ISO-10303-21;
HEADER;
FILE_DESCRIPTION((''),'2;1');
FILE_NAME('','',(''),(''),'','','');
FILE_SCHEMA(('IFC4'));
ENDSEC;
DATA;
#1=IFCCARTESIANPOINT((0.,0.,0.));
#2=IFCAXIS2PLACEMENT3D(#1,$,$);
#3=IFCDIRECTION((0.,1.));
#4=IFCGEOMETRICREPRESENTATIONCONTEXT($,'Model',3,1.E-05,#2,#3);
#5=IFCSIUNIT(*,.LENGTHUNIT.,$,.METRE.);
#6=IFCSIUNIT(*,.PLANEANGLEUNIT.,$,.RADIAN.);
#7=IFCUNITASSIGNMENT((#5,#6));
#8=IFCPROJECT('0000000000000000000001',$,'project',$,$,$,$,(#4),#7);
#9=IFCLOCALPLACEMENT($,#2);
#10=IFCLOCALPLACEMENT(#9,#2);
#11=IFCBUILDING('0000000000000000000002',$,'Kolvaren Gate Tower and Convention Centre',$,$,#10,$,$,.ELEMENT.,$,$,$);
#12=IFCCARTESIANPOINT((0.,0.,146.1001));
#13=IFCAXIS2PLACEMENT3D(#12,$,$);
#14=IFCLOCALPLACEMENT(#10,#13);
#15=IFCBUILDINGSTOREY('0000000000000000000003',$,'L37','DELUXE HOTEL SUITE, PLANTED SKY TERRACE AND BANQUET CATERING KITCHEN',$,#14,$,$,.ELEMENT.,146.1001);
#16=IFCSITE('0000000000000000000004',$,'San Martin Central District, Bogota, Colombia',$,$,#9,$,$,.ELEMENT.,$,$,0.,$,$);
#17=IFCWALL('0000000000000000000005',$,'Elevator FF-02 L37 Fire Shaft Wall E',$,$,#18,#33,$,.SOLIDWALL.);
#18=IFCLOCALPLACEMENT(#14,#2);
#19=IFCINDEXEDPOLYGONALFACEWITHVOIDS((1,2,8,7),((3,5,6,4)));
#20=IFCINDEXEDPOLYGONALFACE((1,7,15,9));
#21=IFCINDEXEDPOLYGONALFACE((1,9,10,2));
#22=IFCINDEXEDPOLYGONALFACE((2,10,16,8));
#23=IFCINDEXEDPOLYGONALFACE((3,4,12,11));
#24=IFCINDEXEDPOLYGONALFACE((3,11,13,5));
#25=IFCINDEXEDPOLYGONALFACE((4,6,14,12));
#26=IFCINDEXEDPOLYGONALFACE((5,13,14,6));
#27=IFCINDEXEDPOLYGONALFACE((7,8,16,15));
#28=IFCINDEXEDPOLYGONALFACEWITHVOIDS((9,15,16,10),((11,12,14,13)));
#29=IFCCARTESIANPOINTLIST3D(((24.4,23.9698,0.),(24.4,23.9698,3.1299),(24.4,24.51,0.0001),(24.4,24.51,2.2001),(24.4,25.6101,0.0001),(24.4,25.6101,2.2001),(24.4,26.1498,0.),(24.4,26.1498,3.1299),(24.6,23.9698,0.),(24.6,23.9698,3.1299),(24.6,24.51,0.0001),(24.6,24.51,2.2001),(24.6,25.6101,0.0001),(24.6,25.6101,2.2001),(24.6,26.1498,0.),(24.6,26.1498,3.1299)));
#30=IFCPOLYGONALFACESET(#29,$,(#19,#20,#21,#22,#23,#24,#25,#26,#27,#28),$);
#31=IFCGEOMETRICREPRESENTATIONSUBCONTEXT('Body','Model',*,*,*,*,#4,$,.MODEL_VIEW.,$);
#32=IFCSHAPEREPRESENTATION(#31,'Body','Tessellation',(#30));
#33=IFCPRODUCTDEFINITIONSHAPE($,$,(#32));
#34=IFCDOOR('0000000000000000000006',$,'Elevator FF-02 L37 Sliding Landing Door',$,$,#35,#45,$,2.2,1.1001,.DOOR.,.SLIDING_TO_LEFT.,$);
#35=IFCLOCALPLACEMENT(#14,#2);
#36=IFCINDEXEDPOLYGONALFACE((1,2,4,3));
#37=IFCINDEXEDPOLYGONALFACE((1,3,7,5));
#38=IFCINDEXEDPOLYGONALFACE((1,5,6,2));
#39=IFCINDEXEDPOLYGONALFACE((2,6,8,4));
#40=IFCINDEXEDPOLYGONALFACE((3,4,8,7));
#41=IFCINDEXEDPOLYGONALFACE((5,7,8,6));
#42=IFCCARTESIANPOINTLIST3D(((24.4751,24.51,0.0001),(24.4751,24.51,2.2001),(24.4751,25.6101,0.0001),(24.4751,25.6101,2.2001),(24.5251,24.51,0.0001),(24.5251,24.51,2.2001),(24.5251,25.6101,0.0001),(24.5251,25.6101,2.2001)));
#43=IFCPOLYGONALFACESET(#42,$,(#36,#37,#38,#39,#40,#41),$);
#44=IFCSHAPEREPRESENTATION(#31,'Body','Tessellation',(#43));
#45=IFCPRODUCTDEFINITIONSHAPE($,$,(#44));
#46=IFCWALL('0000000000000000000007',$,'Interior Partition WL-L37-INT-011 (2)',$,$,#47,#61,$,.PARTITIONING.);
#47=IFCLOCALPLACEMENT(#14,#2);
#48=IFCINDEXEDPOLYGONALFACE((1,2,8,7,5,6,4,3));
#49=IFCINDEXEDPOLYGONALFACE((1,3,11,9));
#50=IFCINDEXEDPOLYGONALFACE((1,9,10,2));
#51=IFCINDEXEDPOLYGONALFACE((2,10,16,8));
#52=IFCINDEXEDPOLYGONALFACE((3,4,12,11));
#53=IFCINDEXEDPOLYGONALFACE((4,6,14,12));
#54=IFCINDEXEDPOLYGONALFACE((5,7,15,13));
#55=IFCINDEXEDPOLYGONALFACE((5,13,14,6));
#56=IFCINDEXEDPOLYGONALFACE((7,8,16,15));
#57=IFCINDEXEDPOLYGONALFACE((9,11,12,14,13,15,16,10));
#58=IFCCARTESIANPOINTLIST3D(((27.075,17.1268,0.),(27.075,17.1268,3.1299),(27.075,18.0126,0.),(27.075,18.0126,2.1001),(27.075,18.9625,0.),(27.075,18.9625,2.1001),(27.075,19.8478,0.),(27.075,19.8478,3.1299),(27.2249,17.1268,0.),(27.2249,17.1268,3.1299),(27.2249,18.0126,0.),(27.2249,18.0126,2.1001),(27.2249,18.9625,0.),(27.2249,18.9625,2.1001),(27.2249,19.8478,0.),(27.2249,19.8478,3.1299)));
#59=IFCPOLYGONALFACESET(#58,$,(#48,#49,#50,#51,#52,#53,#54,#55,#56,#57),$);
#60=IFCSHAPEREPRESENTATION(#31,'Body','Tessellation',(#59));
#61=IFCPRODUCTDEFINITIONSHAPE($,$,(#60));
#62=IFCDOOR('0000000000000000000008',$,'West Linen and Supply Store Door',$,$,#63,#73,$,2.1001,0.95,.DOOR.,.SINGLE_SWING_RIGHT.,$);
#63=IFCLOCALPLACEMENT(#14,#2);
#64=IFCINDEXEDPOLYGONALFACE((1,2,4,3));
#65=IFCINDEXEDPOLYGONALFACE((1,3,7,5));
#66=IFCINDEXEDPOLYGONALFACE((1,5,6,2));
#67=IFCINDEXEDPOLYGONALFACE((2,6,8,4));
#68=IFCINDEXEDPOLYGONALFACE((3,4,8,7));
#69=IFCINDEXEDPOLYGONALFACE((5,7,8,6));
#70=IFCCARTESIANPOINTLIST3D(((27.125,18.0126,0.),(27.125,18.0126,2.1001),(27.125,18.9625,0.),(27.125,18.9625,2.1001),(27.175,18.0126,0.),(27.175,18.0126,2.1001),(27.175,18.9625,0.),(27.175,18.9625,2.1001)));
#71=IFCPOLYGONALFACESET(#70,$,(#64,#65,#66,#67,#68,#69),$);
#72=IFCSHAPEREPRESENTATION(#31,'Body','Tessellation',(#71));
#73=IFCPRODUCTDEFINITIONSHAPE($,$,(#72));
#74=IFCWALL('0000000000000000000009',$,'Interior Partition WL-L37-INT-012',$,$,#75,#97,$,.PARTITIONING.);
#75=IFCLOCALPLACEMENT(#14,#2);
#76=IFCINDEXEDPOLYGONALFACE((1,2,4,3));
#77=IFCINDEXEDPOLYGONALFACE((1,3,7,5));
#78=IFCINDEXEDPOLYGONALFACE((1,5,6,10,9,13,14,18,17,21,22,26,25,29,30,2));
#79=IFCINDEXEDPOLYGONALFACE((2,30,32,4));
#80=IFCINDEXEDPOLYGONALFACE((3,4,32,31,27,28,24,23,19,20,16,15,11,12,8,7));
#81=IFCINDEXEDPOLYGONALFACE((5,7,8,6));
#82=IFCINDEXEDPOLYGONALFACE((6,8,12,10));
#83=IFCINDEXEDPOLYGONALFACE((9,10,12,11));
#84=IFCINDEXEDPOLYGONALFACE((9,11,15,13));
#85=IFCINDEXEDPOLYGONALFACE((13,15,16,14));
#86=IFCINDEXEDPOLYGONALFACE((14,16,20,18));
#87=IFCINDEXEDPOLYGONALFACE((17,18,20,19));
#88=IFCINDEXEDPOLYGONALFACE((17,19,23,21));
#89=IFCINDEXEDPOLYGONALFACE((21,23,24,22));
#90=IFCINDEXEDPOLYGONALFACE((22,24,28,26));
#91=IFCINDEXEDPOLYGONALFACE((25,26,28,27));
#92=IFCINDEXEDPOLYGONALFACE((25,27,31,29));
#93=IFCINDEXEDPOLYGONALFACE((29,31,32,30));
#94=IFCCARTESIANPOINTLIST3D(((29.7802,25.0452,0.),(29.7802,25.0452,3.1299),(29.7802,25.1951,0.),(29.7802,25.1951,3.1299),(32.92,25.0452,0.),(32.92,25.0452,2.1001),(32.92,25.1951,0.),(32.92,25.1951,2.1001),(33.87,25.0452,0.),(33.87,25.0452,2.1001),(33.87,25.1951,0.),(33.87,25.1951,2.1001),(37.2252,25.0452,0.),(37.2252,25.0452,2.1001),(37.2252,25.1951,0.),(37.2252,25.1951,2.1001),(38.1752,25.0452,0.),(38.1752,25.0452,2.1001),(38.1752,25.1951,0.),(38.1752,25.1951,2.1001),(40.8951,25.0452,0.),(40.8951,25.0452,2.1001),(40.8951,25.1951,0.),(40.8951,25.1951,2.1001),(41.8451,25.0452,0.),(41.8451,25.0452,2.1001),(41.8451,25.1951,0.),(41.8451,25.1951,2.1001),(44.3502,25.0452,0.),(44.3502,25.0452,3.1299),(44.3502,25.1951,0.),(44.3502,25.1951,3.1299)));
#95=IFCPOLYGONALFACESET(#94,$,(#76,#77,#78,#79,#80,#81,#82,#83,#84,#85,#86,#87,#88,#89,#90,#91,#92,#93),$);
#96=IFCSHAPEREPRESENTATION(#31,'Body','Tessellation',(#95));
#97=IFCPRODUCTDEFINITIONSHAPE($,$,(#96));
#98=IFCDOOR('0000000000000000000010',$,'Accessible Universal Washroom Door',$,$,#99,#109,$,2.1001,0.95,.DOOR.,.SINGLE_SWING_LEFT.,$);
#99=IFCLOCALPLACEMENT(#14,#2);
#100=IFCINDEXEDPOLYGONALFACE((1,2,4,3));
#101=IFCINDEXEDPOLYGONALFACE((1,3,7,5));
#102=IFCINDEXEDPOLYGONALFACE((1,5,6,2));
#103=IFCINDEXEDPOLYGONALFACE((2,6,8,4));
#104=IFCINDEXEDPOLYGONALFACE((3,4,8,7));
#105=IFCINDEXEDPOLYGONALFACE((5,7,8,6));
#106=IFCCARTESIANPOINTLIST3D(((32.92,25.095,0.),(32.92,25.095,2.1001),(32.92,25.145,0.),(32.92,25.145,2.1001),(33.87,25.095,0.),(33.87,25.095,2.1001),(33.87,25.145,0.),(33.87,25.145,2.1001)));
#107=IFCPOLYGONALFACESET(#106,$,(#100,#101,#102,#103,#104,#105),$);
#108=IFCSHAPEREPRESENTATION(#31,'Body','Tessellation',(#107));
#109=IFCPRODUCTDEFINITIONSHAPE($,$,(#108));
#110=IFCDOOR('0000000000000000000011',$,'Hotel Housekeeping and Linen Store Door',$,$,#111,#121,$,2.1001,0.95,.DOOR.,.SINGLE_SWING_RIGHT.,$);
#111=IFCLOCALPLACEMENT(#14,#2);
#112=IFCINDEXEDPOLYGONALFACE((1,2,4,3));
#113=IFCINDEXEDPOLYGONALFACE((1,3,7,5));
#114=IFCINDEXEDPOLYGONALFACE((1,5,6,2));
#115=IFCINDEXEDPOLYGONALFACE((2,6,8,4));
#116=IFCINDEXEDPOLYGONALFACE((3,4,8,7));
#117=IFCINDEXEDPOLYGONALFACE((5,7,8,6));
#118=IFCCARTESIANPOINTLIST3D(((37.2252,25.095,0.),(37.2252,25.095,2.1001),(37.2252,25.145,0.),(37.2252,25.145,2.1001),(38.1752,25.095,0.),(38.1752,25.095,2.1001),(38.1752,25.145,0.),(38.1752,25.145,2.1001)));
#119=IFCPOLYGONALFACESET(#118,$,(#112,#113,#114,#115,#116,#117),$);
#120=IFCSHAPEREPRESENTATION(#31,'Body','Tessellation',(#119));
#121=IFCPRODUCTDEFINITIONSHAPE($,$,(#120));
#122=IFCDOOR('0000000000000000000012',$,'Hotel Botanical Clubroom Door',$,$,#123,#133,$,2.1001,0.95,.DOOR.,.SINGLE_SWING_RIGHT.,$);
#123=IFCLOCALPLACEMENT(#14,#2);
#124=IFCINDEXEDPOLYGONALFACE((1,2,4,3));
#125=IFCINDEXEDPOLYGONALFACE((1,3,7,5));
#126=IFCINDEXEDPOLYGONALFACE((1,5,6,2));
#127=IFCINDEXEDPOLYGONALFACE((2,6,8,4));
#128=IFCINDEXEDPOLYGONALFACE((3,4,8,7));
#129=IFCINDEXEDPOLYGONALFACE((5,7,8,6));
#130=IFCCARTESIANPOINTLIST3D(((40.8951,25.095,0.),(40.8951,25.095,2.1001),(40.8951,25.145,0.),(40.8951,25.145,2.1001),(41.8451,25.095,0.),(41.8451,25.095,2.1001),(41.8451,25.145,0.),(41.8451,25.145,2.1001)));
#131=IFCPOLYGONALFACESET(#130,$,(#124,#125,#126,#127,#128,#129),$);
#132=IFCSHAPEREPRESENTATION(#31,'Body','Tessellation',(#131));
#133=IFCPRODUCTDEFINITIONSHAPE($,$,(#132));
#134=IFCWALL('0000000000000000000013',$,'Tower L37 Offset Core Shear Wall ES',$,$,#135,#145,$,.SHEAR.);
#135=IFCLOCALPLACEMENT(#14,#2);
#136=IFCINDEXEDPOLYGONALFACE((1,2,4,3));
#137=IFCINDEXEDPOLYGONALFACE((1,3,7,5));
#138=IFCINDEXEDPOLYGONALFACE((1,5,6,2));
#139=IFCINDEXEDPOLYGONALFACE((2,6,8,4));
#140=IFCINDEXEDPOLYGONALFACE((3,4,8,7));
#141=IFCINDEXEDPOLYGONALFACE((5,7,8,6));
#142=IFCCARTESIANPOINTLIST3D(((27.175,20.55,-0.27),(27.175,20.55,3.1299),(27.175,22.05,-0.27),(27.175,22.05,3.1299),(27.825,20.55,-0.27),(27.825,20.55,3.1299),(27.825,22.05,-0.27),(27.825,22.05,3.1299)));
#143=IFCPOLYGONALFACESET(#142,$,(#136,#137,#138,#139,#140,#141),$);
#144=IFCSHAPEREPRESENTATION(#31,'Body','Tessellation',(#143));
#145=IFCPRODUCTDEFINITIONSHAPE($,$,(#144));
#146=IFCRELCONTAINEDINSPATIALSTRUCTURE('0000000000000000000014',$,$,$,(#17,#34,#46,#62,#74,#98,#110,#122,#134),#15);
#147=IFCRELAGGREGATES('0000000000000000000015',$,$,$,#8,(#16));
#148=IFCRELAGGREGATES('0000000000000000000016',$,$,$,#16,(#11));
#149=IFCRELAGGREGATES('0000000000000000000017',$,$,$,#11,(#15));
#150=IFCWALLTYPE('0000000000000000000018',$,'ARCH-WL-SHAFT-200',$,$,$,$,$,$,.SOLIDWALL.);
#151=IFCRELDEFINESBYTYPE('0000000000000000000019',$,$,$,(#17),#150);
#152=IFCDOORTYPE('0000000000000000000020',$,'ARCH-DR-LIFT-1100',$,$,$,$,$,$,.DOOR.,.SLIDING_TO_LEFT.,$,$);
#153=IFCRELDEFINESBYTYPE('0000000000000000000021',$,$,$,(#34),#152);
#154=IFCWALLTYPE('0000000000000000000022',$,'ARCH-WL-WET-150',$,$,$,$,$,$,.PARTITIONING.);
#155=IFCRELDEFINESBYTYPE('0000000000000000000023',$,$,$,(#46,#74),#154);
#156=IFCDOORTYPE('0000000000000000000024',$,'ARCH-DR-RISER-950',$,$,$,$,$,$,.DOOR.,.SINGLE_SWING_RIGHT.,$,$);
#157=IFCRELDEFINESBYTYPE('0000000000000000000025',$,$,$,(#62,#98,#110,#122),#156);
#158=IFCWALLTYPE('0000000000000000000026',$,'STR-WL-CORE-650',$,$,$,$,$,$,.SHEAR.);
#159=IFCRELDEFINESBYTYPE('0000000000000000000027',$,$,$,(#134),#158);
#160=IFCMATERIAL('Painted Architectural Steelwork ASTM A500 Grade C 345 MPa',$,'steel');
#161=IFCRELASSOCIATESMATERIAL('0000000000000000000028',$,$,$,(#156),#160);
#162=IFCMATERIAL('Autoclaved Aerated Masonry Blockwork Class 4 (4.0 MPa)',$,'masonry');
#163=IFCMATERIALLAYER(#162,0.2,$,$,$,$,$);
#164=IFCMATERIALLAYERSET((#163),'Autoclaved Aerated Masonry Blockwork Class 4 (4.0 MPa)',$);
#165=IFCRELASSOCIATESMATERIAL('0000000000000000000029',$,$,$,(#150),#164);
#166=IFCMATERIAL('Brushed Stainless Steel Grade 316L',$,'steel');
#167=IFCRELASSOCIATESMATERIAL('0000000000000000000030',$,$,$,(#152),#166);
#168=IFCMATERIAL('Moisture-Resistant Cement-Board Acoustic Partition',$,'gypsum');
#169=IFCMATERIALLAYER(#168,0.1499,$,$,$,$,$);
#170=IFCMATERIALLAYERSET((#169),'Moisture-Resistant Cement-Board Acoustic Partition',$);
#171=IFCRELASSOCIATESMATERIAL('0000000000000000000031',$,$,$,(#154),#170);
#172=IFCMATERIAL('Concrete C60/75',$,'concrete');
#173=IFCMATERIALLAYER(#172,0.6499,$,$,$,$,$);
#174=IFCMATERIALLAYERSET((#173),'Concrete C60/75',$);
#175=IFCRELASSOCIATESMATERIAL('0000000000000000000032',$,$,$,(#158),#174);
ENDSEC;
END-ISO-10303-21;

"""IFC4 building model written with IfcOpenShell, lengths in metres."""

from ifc_helpers import new_model, si_unit, direction, frame, frame_2d, origin, place, context, subcontext, project, spatial, rectangle, extrude, material, layer, layer_set, type_object, element, fill, save


model = new_model("IFC4")

# Units and contexts
model_context = context("Model", 3, precision=1e-05, world=origin(), true_north=direction((0.0, 1.0)))
body_context = subcontext(model_context, "Body", "Model", "MODEL_VIEW")
ifc_project = project(units=[si_unit("LENGTHUNIT", "METRE"), si_unit("PLANEANGLEUNIT", "RADIAN")], contexts=[model_context])

# Site, building, storey
site_placement = place(None, origin())
site = spatial("IfcSite", under=ifc_project, at=site_placement, Name="San Martin Central District, Bogota, Colombia", CompositionType="ELEMENT", RefElevation=0.0)
building_placement = place(site_placement, origin())
building = spatial("IfcBuilding", under=site, at=building_placement, Name="Kolvaren Gate Tower and Convention Centre", CompositionType="ELEMENT")
storey_placement = place(building_placement, frame((0.0, 0.0, 146.1001)))
storey = spatial("IfcBuildingStorey", under=building, at=storey_placement, Name="L37", Description="DELUXE HOTEL SUITE, PLANTED SKY TERRACE AND BANQUET CATERING KITCHEN", CompositionType="ELEMENT", Elevation=146.1001)

# Shared definitions
ifc_material_1 = material(Name="Autoclaved Aerated Masonry Blockwork Class 4 (4.0 MPa)", Category="masonry")

# Shared definitions
ifc_material_2 = material(Name="Painted Architectural Steelwork ASTM A500 Grade C 345 MPa", Category="steel")
door_type_1 = type_object("IfcDoorType", Name="ARCH-DR-RISER-950", OperationType="SINGLE_SWING_RIGHT", PredefinedType="DOOR", material=ifc_material_2)

# Shared definitions
ifc_layer_1 = layer(ifc_material_1, 0.2)
ifc_layer_set_1 = layer_set([ifc_layer_1], Name="Autoclaved Aerated Masonry Blockwork Class 4 (4.0 MPa)")
wall_type_1 = type_object("IfcWallType", Name="ARCH-WL-SHAFT-200", PredefinedType="SOLIDWALL", material=ifc_layer_set_1)

# Walls, openings, doors
wall_1_placement = place(storey_placement, frame((24.5, 23.97, 0.0), z_axis=(0.0, 0.0, 1.0), x_axis=(0.0, 1.0, 0.0)))
wall_1 = element("IfcWall", 1, at=wall_1_placement, inside=storey, type_object=wall_type_1, Name="Elevator FF-02 L37 Fire Shaft Wall E", PredefinedType="SOLIDWALL", context=body_context, shape_type="SweptSolid", body=[
    extrude(rectangle(XDim=2.1799, YDim=0.2, at=frame_2d((1.0898, 0.0))), origin(), (0.0, 0.0, 1.0), 3.1299),
])
opening_1_placement = place(wall_1_placement, frame((0.54, 0.0, 0.0)))
opening_1 = element("IfcOpeningElement", 2, at=opening_1_placement, cuts=wall_1, PredefinedType="OPENING", context=body_context, shape_type="SweptSolid", body=[
    extrude(rectangle(XDim=1.1001, YDim=2.2, at=frame_2d((0.55, 1.1001))), frame((0.0, 0.1099, 0.0), z_axis=(0.0, -1.0, 0.0), x_axis=(1.0, 0.0, 0.0)), (0.0, 0.0, 1.0), 0.22),
])
ifc_material_3 = material(Name="Brushed Stainless Steel Grade 316L", Category="steel")
door_type_2 = type_object("IfcDoorType", Name="ARCH-DR-LIFT-1100", OperationType="SLIDING_TO_LEFT", PredefinedType="DOOR", material=ifc_material_3)
door_1_placement = place(opening_1_placement, origin())
door_1 = element("IfcDoor", 3, at=door_1_placement, inside=storey, type_object=door_type_2, Name="Elevator FF-02 L37 Sliding Landing Door", OperationType="SLIDING_TO_LEFT", OverallHeight=2.2, OverallWidth=1.1001, PredefinedType="DOOR", context=body_context, shape_type="SweptSolid", body=[
    extrude(rectangle(XDim=1.1001, YDim=2.2, at=frame_2d((0.55, 1.1001))), frame((0.0, 0.0249, 0.0), z_axis=(0.0, -1.0, 0.0), x_axis=(1.0, 0.0, 0.0)), (0.0, 0.0, 1.0), 0.05),
])
fill(opening_1, door_1)
ifc_material_4 = material(Name="Moisture-Resistant Cement-Board Acoustic Partition", Category="gypsum")
ifc_layer_2 = layer(ifc_material_4, 0.1499)
ifc_layer_set_2 = layer_set([ifc_layer_2], Name="Moisture-Resistant Cement-Board Acoustic Partition")
wall_type_2 = type_object("IfcWallType", Name="ARCH-WL-WET-150", PredefinedType="PARTITIONING", material=ifc_layer_set_2)
wall_2_placement = place(storey_placement, frame((27.1499, 17.127, 0.0), z_axis=(0.0, 0.0, 1.0), x_axis=(0.0, 1.0, 0.0)))
wall_2 = element("IfcWall", 4, at=wall_2_placement, inside=storey, type_object=wall_type_2, Name="Interior Partition WL-L37-INT-011 (2)", PredefinedType="PARTITIONING", context=body_context, shape_type="SweptSolid", body=[
    extrude(rectangle(XDim=2.7209, YDim=0.1499, at=frame_2d((1.3604, 0.0))), origin(), (0.0, 0.0, 1.0), 3.1299),
])
opening_2_placement = place(wall_2_placement, frame((0.8855, 0.0, 0.0)))
opening_2 = element("IfcOpeningElement", 5, at=opening_2_placement, cuts=wall_2, PredefinedType="OPENING", context=body_context, shape_type="SweptSolid", body=[
    extrude(rectangle(XDim=0.95, YDim=2.1001, at=frame_2d((0.4751, 1.05))), frame((0.0, 0.085, 0.0), z_axis=(0.0, -1.0, 0.0), x_axis=(1.0, 0.0, 0.0)), (0.0, 0.0, 1.0), 0.1699),
])
door_2_placement = place(opening_2_placement, origin())
door_2 = element("IfcDoor", 6, at=door_2_placement, inside=storey, type_object=door_type_1, Name="West Linen and Supply Store Door", OperationType="SINGLE_SWING_RIGHT", OverallHeight=2.1001, OverallWidth=0.95, PredefinedType="DOOR", context=body_context, shape_type="SweptSolid", body=[
    extrude(rectangle(XDim=0.95, YDim=2.1001, at=frame_2d((0.4751, 1.05))), frame((0.0, 0.0249, 0.0), z_axis=(0.0, -1.0, 0.0), x_axis=(1.0, 0.0, 0.0)), (0.0, 0.0, 1.0), 0.05),
])
fill(opening_2, door_2)

# Wall, openings, doors
wall_3_placement = place(storey_placement, frame((29.78, 25.1201, 0.0), z_axis=(0.0, 0.0, 1.0), x_axis=(1.0, 0.0, 0.0)))
wall_3 = element("IfcWall", 7, at=wall_3_placement, inside=storey, type_object=wall_type_2, Name="Interior Partition WL-L37-INT-012", PredefinedType="PARTITIONING", context=body_context, shape_type="SweptSolid", body=[
    extrude(rectangle(XDim=14.5701, YDim=0.1499, at=frame_2d((7.2852, 0.0))), origin(), (0.0, 0.0, 1.0), 3.1299),
])
opening_3_placement = place(wall_3_placement, frame((3.1399, 0.0, 0.0)))
opening_3 = element("IfcOpeningElement", 8, at=opening_3_placement, cuts=wall_3, PredefinedType="OPENING", context=body_context, shape_type="SweptSolid", body=[
    extrude(rectangle(XDim=0.95, YDim=2.1001, at=frame_2d((0.4751, 1.05))), frame((0.0, 0.085, 0.0), z_axis=(0.0, -1.0, 0.0), x_axis=(1.0, 0.0, 0.0)), (0.0, 0.0, 1.0), 0.1699),
])
opening_4_placement = place(wall_3_placement, frame((7.4451, 0.0, 0.0)))
opening_4 = element("IfcOpeningElement", 9, at=opening_4_placement, cuts=wall_3, PredefinedType="OPENING", context=body_context, shape_type="SweptSolid", body=[
    extrude(rectangle(XDim=0.95, YDim=2.1001, at=frame_2d((0.4751, 1.05))), frame((0.0, 0.085, 0.0), z_axis=(0.0, -1.0, 0.0), x_axis=(1.0, 0.0, 0.0)), (0.0, 0.0, 1.0), 0.1699),
])
opening_5_placement = place(wall_3_placement, frame((11.115, 0.0, 0.0)))
opening_5 = element("IfcOpeningElement", 10, at=opening_5_placement, cuts=wall_3, PredefinedType="OPENING", context=body_context, shape_type="SweptSolid", body=[
    extrude(rectangle(XDim=0.95, YDim=2.1001, at=frame_2d((0.4751, 1.05))), frame((0.0, 0.085, 0.0), z_axis=(0.0, -1.0, 0.0), x_axis=(1.0, 0.0, 0.0)), (0.0, 0.0, 1.0), 0.1699),
])
door_3_placement = place(opening_3_placement, origin())
door_3 = element("IfcDoor", 11, at=door_3_placement, inside=storey, type_object=door_type_1, Name="Accessible Universal Washroom Door", OperationType="SINGLE_SWING_LEFT", OverallHeight=2.1001, OverallWidth=0.95, PredefinedType="DOOR", context=body_context, shape_type="SweptSolid", body=[
    extrude(rectangle(XDim=0.95, YDim=2.1001, at=frame_2d((0.4751, 1.05))), frame((0.0, 0.0249, 0.0), z_axis=(0.0, -1.0, 0.0), x_axis=(1.0, 0.0, 0.0)), (0.0, 0.0, 1.0), 0.05),
])
fill(opening_3, door_3)
door_4_placement = place(opening_4_placement, origin())
door_4 = element("IfcDoor", 12, at=door_4_placement, inside=storey, type_object=door_type_1, Name="Hotel Housekeeping and Linen Store Door", OperationType="SINGLE_SWING_RIGHT", OverallHeight=2.1001, OverallWidth=0.95, PredefinedType="DOOR", context=body_context, shape_type="SweptSolid", body=[
    extrude(rectangle(XDim=0.95, YDim=2.1001, at=frame_2d((0.4751, 1.05))), frame((0.0, 0.0249, 0.0), z_axis=(0.0, -1.0, 0.0), x_axis=(1.0, 0.0, 0.0)), (0.0, 0.0, 1.0), 0.05),
])
fill(opening_4, door_4)
door_5_placement = place(opening_5_placement, origin())
door_5 = element("IfcDoor", 13, at=door_5_placement, inside=storey, type_object=door_type_1, Name="Hotel Botanical Clubroom Door", OperationType="SINGLE_SWING_RIGHT", OverallHeight=2.1001, OverallWidth=0.95, PredefinedType="DOOR", context=body_context, shape_type="SweptSolid", body=[
    extrude(rectangle(XDim=0.95, YDim=2.1001, at=frame_2d((0.4751, 1.05))), frame((0.0, 0.0249, 0.0), z_axis=(0.0, -1.0, 0.0), x_axis=(1.0, 0.0, 0.0)), (0.0, 0.0, 1.0), 0.05),
])
fill(opening_5, door_5)

# Wall
ifc_material_5 = material(Name="Concrete C60/75", Category="concrete")
ifc_layer_3 = layer(ifc_material_5, 0.6499)
ifc_layer_set_3 = layer_set([ifc_layer_3], Name="Concrete C60/75")
wall_type_3 = type_object("IfcWallType", Name="STR-WL-CORE-650", PredefinedType="SHEAR", material=ifc_layer_set_3)
wall_4_placement = place(storey_placement, frame((27.5, 20.55, -0.27), z_axis=(0.0, 0.0, 1.0), x_axis=(0.0, 1.0, 0.0)))
element("IfcWall", 14, at=wall_4_placement, inside=storey, type_object=wall_type_3, Name="Tower L37 Offset Core Shear Wall ES", PredefinedType="SHEAR", context=body_context, shape_type="SweptSolid", body=[
    extrude(rectangle(XDim=1.5, YDim=0.6499, at=frame_2d((0.75, 0.0))), origin(), (0.0, 0.0, 1.0), 3.3999),
])

save(model, "model.ifc")
